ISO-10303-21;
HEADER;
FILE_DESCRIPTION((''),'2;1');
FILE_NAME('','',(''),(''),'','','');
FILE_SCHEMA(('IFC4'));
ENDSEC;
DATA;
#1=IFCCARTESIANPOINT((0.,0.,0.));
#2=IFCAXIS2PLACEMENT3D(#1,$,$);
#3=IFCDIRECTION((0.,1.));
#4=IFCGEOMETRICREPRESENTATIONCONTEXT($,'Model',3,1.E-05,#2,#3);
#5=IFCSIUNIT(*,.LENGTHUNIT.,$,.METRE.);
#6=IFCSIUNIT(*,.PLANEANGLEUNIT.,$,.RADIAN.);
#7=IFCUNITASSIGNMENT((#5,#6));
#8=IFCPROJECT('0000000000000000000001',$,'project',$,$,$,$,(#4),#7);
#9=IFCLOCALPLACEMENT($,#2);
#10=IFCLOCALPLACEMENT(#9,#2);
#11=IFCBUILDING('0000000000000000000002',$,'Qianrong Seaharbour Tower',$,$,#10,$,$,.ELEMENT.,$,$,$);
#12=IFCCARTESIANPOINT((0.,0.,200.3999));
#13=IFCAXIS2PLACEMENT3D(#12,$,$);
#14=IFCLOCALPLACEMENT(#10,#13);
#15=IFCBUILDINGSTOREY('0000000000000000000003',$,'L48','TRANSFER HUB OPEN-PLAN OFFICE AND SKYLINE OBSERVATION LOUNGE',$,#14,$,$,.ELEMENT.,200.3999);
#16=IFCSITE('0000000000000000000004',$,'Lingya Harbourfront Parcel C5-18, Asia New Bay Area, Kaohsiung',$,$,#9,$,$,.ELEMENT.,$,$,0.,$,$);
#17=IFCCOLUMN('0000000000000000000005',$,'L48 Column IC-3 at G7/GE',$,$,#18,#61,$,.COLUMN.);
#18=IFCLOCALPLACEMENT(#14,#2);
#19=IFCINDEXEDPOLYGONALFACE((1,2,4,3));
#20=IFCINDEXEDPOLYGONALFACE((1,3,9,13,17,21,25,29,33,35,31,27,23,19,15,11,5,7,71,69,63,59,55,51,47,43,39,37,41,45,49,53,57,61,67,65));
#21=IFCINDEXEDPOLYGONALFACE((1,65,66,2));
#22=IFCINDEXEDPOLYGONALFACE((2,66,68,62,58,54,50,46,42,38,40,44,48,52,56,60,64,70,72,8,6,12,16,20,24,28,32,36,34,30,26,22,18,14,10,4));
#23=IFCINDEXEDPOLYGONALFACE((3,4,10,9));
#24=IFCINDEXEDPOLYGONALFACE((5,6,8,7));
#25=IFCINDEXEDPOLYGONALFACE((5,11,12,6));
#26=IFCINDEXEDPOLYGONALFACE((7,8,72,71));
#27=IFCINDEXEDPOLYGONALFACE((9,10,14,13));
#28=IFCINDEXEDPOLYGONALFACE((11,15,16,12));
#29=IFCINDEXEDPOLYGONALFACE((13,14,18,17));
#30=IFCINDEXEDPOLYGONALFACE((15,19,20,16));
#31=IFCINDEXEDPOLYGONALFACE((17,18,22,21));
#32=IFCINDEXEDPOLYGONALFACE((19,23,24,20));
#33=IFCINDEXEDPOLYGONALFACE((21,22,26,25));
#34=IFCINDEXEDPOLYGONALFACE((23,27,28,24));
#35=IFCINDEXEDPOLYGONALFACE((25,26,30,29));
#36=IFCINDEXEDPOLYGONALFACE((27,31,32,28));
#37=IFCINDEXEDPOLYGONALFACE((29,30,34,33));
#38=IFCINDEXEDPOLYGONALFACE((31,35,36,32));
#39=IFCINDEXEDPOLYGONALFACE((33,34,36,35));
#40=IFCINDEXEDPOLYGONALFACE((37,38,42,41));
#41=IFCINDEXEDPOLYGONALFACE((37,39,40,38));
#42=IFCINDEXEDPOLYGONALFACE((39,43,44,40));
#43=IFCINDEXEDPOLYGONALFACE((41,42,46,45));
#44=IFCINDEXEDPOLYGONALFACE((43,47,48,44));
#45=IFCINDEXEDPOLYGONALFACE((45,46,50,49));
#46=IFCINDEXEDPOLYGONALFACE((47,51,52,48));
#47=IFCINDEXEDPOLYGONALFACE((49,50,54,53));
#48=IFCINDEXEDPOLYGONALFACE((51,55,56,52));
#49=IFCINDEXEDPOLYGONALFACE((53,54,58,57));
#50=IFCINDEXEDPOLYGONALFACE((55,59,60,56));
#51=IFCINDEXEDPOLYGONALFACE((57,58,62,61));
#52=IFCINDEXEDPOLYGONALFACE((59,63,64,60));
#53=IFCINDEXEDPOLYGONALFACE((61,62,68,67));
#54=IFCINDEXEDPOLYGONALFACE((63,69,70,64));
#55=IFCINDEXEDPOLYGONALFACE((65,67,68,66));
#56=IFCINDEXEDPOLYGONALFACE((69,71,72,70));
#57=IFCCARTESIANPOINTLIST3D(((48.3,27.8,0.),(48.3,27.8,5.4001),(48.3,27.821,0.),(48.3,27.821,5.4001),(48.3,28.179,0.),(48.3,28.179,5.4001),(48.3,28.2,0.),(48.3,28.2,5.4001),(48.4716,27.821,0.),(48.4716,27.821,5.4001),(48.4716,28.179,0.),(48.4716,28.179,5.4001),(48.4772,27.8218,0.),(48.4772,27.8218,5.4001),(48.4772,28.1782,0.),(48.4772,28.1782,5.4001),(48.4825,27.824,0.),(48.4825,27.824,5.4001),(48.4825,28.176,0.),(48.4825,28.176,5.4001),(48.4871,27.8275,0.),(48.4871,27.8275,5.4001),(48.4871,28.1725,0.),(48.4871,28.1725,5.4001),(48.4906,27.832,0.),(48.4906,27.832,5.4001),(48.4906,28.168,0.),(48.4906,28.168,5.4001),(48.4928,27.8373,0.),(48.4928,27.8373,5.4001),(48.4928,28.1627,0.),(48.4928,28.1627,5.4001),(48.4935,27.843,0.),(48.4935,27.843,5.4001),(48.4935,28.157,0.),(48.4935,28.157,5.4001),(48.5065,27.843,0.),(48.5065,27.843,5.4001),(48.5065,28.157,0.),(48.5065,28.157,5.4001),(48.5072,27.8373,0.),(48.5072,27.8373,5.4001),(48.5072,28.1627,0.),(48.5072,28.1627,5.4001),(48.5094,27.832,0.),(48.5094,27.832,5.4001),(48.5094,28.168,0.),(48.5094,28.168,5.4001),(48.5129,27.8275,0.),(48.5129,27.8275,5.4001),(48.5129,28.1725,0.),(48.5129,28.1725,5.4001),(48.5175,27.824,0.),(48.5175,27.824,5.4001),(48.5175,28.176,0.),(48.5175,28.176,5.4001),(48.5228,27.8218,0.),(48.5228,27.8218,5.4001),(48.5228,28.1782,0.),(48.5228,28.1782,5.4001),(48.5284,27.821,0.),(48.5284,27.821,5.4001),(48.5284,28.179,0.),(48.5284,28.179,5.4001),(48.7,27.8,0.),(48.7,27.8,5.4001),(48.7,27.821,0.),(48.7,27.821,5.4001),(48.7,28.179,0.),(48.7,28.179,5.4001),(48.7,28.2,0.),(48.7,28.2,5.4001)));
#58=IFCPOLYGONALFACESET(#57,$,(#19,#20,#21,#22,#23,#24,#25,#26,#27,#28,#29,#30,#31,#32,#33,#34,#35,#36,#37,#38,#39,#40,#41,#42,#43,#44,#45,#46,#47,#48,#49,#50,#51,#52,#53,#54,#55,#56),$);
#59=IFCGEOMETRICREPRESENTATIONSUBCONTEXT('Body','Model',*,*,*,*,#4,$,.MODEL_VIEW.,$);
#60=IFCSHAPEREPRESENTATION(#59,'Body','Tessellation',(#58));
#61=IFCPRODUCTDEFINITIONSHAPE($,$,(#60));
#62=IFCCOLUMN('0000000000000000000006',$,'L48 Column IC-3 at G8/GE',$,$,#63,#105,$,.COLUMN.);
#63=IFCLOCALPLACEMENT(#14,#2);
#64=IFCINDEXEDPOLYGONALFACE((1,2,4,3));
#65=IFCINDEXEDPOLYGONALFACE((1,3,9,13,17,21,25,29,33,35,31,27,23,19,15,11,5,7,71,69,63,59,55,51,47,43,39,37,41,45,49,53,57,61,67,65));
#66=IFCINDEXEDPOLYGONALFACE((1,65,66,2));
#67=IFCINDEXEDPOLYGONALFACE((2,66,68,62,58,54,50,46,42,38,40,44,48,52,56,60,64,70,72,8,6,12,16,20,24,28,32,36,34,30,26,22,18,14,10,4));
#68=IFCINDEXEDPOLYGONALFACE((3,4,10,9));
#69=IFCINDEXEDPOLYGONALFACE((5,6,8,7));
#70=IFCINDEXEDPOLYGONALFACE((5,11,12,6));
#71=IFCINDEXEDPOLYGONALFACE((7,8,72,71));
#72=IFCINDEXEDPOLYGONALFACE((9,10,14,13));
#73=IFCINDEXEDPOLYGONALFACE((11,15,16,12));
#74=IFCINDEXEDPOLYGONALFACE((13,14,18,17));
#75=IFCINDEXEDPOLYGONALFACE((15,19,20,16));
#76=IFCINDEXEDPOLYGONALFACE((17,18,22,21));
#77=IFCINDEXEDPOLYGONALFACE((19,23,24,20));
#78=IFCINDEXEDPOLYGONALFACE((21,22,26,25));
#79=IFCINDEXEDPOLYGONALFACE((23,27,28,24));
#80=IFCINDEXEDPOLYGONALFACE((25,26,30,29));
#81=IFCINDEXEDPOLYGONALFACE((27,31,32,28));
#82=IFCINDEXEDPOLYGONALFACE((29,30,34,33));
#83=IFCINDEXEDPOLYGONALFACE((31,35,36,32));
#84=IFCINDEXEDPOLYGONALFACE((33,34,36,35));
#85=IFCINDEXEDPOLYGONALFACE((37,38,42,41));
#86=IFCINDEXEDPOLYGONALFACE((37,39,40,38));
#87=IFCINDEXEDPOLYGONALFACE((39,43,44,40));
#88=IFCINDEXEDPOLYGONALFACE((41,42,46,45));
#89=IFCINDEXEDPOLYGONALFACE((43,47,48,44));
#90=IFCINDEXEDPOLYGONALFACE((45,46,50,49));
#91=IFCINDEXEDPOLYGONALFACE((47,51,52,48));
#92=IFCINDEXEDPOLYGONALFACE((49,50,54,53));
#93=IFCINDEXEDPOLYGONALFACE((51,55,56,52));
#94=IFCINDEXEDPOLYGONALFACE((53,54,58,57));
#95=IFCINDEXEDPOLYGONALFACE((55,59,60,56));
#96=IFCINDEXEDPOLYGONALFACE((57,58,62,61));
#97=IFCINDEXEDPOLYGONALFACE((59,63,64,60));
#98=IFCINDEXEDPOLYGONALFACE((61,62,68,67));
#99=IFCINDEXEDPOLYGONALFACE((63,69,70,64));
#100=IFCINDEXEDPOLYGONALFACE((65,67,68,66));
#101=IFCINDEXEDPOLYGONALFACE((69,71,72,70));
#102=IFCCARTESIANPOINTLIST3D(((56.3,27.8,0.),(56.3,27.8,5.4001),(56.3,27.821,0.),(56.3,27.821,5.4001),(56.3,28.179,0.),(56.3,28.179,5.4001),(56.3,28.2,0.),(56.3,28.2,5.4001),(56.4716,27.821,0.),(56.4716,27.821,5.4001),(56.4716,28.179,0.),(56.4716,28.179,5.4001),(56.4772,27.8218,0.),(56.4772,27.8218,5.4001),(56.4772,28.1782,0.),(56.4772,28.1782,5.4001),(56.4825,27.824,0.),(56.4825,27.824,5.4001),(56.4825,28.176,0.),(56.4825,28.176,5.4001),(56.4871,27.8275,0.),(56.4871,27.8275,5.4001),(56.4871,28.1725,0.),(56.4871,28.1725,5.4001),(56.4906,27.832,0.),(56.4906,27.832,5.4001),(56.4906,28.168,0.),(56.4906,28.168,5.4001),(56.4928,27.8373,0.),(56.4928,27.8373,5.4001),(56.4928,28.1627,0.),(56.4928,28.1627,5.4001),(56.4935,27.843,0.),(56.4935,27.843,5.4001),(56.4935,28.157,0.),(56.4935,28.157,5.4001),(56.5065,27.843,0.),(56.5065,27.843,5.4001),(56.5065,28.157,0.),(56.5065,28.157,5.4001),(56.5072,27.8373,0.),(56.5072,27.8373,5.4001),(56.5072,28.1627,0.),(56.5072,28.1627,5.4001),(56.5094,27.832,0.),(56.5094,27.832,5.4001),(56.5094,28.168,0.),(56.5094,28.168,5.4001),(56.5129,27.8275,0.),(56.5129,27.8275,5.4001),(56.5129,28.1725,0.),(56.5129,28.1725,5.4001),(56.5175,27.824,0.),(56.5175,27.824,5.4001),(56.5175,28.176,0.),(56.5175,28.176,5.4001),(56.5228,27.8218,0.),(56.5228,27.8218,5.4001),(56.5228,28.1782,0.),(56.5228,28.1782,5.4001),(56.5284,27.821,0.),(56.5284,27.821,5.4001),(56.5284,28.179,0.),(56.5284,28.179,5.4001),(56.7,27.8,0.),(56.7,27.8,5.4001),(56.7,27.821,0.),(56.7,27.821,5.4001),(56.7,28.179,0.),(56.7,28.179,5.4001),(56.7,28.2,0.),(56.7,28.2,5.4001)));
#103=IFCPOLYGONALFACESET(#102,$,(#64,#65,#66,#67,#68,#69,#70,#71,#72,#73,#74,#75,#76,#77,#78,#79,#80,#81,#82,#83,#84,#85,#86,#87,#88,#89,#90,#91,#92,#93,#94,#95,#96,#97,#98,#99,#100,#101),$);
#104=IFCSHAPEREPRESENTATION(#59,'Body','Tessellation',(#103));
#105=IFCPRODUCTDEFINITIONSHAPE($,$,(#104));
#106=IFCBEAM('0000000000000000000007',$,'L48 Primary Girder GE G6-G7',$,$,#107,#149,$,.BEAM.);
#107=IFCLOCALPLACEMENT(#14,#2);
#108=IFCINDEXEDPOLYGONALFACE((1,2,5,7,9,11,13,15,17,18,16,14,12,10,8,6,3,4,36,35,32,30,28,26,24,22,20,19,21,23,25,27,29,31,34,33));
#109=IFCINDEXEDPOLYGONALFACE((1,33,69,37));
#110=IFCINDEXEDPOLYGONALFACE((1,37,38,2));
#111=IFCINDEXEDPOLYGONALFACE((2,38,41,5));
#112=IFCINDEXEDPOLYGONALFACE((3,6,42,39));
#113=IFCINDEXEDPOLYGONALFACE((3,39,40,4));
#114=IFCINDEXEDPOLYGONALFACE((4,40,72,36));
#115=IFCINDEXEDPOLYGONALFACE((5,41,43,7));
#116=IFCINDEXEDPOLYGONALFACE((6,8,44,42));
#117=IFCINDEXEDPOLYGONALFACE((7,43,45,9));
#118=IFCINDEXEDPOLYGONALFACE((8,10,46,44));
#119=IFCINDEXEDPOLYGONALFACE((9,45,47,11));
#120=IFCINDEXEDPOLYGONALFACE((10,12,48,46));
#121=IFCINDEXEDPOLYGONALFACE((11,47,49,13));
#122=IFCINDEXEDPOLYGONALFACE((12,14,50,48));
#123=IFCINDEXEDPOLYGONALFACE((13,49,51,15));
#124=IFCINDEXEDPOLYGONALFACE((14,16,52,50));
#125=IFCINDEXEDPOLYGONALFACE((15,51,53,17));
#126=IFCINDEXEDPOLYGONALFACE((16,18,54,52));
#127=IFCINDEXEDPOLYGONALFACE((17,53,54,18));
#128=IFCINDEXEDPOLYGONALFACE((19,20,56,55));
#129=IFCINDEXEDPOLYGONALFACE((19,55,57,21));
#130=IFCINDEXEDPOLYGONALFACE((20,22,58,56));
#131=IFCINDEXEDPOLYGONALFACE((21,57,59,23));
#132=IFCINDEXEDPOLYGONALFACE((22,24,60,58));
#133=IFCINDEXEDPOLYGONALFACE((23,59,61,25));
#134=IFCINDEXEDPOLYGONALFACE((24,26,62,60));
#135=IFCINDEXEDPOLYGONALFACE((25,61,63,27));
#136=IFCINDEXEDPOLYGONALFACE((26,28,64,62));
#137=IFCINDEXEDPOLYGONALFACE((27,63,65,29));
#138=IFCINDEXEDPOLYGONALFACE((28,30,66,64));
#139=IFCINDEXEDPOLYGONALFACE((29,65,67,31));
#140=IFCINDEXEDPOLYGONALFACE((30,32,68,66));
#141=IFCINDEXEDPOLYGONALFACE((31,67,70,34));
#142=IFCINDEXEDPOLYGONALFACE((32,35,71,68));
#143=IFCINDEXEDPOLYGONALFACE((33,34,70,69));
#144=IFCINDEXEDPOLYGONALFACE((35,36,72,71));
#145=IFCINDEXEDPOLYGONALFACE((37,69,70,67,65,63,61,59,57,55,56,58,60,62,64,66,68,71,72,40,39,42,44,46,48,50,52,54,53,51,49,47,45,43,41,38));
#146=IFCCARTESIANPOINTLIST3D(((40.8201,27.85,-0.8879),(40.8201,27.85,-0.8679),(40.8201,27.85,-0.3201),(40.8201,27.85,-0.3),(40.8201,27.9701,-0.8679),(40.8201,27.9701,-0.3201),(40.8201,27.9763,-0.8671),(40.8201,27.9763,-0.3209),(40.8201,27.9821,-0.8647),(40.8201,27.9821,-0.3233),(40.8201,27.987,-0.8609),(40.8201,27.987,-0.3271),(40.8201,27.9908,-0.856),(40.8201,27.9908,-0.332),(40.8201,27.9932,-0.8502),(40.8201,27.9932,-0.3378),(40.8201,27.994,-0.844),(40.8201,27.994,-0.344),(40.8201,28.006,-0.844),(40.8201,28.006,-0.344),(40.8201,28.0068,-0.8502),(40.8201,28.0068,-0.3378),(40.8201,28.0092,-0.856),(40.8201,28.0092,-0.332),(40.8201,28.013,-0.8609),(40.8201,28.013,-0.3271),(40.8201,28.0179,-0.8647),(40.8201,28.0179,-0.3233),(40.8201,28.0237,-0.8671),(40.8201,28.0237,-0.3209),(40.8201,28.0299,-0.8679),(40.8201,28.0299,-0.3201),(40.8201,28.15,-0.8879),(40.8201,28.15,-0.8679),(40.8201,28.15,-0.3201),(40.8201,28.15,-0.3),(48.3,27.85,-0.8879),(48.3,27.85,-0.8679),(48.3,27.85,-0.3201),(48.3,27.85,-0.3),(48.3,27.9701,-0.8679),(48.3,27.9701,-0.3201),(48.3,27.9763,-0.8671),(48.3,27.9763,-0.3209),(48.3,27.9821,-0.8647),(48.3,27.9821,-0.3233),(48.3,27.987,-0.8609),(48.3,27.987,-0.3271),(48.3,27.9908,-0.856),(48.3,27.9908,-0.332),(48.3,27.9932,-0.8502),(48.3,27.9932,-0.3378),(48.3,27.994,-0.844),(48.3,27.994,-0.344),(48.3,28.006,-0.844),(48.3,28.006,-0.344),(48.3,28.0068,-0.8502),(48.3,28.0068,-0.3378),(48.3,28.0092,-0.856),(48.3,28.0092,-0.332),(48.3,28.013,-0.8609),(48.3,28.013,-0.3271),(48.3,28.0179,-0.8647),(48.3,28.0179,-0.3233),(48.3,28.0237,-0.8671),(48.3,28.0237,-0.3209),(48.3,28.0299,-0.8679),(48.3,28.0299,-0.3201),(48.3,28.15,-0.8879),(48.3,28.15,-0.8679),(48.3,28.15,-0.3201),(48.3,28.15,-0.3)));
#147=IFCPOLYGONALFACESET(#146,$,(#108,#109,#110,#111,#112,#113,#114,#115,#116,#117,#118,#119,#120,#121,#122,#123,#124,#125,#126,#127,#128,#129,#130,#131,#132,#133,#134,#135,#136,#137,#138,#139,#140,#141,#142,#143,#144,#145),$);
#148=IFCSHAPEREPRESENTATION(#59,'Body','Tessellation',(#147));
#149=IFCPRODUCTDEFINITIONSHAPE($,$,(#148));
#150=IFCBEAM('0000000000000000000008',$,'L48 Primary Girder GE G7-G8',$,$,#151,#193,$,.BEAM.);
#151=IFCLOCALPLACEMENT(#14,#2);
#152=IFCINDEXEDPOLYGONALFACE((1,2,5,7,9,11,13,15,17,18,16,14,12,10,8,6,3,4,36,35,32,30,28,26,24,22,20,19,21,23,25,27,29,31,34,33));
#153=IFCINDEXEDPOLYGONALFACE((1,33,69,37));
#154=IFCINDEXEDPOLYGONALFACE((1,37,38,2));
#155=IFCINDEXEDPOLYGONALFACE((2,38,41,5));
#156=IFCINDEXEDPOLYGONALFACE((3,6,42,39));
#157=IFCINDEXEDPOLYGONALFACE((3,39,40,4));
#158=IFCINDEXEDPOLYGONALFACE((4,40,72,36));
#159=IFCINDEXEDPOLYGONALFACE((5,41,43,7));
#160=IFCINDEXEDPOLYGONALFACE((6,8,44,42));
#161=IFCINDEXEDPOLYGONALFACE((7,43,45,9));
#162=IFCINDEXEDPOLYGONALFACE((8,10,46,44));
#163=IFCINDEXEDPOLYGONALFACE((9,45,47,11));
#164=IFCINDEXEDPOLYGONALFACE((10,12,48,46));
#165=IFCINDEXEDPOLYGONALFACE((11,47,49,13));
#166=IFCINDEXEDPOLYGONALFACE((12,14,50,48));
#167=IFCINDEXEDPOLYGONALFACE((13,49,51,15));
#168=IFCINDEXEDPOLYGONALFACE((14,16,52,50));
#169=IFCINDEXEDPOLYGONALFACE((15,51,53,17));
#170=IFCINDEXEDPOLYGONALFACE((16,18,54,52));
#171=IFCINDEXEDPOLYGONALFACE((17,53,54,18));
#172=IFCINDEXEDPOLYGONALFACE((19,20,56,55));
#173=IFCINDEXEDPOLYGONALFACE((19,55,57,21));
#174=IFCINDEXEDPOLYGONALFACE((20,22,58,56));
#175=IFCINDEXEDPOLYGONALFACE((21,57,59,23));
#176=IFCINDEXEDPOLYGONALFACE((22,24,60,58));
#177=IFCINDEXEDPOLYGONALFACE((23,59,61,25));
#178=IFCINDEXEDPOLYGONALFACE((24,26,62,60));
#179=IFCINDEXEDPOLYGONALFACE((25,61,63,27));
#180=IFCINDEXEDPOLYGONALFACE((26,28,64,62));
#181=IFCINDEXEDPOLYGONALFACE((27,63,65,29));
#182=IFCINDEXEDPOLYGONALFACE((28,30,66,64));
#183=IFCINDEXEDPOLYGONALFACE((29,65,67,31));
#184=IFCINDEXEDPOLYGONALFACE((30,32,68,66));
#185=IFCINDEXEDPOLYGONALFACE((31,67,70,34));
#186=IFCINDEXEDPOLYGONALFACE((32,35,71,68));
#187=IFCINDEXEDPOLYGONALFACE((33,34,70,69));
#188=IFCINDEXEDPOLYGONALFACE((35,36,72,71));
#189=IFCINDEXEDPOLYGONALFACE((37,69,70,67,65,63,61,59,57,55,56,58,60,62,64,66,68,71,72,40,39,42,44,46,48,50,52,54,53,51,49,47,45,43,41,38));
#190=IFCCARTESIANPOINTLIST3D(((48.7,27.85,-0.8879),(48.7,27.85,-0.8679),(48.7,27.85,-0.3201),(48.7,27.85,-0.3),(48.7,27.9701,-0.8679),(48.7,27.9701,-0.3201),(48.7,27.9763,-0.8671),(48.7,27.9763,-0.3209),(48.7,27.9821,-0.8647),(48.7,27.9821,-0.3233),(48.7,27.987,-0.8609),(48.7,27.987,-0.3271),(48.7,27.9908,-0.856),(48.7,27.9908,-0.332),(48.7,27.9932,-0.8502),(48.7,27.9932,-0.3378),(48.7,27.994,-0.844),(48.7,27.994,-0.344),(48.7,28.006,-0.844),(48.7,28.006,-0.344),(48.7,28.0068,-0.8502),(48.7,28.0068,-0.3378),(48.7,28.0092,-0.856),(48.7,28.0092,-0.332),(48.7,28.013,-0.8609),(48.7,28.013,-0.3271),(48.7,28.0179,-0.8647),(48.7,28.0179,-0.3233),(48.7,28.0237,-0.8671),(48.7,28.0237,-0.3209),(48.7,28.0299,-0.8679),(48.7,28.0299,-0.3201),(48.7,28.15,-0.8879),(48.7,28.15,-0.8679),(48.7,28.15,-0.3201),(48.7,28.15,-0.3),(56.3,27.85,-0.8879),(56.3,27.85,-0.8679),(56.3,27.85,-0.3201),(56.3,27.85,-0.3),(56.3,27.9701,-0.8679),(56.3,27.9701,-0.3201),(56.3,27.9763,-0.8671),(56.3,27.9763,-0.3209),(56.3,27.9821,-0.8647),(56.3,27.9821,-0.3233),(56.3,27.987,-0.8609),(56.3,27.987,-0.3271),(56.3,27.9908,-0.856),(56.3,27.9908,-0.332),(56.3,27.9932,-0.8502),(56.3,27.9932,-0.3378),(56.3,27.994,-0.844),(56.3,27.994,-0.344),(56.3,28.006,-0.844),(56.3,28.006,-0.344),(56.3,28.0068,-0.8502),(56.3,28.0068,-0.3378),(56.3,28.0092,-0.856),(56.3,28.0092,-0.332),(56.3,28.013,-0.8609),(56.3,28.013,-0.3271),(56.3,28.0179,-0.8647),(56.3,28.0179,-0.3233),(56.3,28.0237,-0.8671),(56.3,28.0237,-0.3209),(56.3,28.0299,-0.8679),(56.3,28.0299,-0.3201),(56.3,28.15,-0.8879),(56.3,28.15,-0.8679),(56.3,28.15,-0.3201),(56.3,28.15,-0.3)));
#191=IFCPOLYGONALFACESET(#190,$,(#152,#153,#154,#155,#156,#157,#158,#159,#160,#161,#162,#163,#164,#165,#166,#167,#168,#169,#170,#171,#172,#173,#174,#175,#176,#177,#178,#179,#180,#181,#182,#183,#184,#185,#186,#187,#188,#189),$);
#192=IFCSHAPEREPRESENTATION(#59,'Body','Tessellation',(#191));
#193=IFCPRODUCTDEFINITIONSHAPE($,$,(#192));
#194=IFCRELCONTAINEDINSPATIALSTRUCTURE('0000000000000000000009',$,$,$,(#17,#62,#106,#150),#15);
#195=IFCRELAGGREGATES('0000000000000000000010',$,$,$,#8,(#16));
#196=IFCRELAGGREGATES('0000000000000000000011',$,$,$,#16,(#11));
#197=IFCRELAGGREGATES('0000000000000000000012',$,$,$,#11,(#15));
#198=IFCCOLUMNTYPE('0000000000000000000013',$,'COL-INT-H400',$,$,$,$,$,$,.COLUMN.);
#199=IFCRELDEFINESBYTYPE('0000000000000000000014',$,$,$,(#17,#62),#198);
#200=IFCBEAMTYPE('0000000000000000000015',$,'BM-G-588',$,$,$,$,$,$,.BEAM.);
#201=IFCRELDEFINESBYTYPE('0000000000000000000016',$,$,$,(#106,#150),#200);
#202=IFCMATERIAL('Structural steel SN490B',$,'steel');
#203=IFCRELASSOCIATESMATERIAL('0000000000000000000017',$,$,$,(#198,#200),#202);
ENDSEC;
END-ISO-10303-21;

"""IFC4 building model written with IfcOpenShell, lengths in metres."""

from ifc_helpers import new_model, si_unit, direction, frame, origin, origin_2d, place, context, subcontext, project, spatial, i_section, extrude, material, material_profile, profile_set, type_object, element, save


model = new_model("IFC4")

# Units and contexts
model_context = context("Model", 3, precision=1e-05, world=origin(), true_north=direction((0.0, 1.0)))
body_context = subcontext(model_context, "Body", "Model", "MODEL_VIEW")
ifc_project = project(units=[si_unit("LENGTHUNIT", "METRE"), si_unit("PLANEANGLEUNIT", "RADIAN")], contexts=[model_context])

# Site, building, storey
site_placement = place(None, origin())
site = spatial("IfcSite", under=ifc_project, at=site_placement, Name="Lingya Harbourfront Parcel C5-18, Asia New Bay Area, Kaohsiung", CompositionType="ELEMENT", RefElevation=0.0)
building_placement = place(site_placement, origin())
building = spatial("IfcBuilding", under=site, at=building_placement, Name="Qianrong Seaharbour Tower", CompositionType="ELEMENT")
storey_placement = place(building_placement, frame((0.0, 0.0, 200.3999)))
storey = spatial("IfcBuildingStorey", under=building, at=storey_placement, Name="L48", Description="TRANSFER HUB OPEN-PLAN OFFICE AND SKYLINE OBSERVATION LOUNGE", CompositionType="ELEMENT", Elevation=200.3999)

# Columns
ifc_material_1 = material(Name="Structural steel SN490B", Category="steel")
ifc_material_profile_1 = material_profile(ifc_material_1, i_section(OverallWidth=0.3999, OverallDepth=0.3999, WebThickness=0.0129, FlangeThickness=0.021, FilletRadius=0.022, at=origin_2d()), Name="H400x400x13x21")
ifc_profile_set_1 = profile_set([ifc_material_profile_1], Name="Structural steel SN490B")
column_type = type_object("IfcColumnType", Name="COL-INT-H400", PredefinedType="COLUMN", material=ifc_profile_set_1)
for number, where, z_axis, x_axis, name in (
    (1, (48.5, 28.0, 0.0), (0.0, 0.0, 1.0), (1.0, 0.0, 0.0), "L48 Column IC-3 at G7/GE"),
    (2, (56.5, 28.0, 0.0), (0.0, 0.0, 1.0), (1.0, 0.0, 0.0), "L48 Column IC-3 at G8/GE"),
):
    element("IfcColumn", number, at=place(storey_placement, frame(where, z_axis=z_axis, x_axis=x_axis)), inside=storey, type_object=column_type, Name=name, PredefinedType="COLUMN", context=body_context, shape_type="SweptSolid", body=[
        extrude(i_section(OverallWidth=0.3999, OverallDepth=0.3999, WebThickness=0.0129, FlangeThickness=0.021, FilletRadius=0.022, at=origin_2d()), origin(), (0.0, 0.0, 1.0), 5.4001),
    ])

# Beams
ifc_material_profile_2 = material_profile(ifc_material_1, i_section(OverallWidth=0.3, OverallDepth=0.5879, WebThickness=0.012, FlangeThickness=0.02, FilletRadius=0.0239, at=origin_2d()), Name="H588x300x12x20")
ifc_profile_set_2 = profile_set([ifc_material_profile_2], Name="Structural steel SN490B")
beam_type_1 = type_object("IfcBeamType", Name="BM-G-588", PredefinedType="BEAM", material=ifc_profile_set_2)
beam_1_placement = place(storey_placement, frame((40.8201, 28.0, -0.594), z_axis=(1.0, 0.0, 0.0), x_axis=(0.0, 1.0, 0.0)))
element("IfcBeam", 3, at=beam_1_placement, inside=storey, type_object=beam_type_1, Name="L48 Primary Girder GE G6-G7", PredefinedType="BEAM", context=body_context, shape_type="SweptSolid", body=[
    extrude(i_section(OverallWidth=0.3, OverallDepth=0.5879, WebThickness=0.012, FlangeThickness=0.02, FilletRadius=0.0239, at=origin_2d()), origin(), (0.0, 0.0, 1.0), 7.48),
])
for number, where, z_axis, x_axis, name in (
    (4, (48.7, 28.0, -0.594), (1.0, 0.0, 0.0), (0.0, 1.0, 0.0), "L48 Primary Girder GE G7-G8"),
):
    element("IfcBeam", number, at=place(storey_placement, frame(where, z_axis=z_axis, x_axis=x_axis)), inside=storey, type_object=beam_type_1, Name=name, PredefinedType="BEAM", context=body_context, shape_type="SweptSolid", body=[
        extrude(i_section(OverallWidth=0.3, OverallDepth=0.5879, WebThickness=0.012, FlangeThickness=0.02, FilletRadius=0.0239, at=origin_2d()), origin(), (0.0, 0.0, 1.0), 7.6001),
    ])

save(model, "model.ifc")
